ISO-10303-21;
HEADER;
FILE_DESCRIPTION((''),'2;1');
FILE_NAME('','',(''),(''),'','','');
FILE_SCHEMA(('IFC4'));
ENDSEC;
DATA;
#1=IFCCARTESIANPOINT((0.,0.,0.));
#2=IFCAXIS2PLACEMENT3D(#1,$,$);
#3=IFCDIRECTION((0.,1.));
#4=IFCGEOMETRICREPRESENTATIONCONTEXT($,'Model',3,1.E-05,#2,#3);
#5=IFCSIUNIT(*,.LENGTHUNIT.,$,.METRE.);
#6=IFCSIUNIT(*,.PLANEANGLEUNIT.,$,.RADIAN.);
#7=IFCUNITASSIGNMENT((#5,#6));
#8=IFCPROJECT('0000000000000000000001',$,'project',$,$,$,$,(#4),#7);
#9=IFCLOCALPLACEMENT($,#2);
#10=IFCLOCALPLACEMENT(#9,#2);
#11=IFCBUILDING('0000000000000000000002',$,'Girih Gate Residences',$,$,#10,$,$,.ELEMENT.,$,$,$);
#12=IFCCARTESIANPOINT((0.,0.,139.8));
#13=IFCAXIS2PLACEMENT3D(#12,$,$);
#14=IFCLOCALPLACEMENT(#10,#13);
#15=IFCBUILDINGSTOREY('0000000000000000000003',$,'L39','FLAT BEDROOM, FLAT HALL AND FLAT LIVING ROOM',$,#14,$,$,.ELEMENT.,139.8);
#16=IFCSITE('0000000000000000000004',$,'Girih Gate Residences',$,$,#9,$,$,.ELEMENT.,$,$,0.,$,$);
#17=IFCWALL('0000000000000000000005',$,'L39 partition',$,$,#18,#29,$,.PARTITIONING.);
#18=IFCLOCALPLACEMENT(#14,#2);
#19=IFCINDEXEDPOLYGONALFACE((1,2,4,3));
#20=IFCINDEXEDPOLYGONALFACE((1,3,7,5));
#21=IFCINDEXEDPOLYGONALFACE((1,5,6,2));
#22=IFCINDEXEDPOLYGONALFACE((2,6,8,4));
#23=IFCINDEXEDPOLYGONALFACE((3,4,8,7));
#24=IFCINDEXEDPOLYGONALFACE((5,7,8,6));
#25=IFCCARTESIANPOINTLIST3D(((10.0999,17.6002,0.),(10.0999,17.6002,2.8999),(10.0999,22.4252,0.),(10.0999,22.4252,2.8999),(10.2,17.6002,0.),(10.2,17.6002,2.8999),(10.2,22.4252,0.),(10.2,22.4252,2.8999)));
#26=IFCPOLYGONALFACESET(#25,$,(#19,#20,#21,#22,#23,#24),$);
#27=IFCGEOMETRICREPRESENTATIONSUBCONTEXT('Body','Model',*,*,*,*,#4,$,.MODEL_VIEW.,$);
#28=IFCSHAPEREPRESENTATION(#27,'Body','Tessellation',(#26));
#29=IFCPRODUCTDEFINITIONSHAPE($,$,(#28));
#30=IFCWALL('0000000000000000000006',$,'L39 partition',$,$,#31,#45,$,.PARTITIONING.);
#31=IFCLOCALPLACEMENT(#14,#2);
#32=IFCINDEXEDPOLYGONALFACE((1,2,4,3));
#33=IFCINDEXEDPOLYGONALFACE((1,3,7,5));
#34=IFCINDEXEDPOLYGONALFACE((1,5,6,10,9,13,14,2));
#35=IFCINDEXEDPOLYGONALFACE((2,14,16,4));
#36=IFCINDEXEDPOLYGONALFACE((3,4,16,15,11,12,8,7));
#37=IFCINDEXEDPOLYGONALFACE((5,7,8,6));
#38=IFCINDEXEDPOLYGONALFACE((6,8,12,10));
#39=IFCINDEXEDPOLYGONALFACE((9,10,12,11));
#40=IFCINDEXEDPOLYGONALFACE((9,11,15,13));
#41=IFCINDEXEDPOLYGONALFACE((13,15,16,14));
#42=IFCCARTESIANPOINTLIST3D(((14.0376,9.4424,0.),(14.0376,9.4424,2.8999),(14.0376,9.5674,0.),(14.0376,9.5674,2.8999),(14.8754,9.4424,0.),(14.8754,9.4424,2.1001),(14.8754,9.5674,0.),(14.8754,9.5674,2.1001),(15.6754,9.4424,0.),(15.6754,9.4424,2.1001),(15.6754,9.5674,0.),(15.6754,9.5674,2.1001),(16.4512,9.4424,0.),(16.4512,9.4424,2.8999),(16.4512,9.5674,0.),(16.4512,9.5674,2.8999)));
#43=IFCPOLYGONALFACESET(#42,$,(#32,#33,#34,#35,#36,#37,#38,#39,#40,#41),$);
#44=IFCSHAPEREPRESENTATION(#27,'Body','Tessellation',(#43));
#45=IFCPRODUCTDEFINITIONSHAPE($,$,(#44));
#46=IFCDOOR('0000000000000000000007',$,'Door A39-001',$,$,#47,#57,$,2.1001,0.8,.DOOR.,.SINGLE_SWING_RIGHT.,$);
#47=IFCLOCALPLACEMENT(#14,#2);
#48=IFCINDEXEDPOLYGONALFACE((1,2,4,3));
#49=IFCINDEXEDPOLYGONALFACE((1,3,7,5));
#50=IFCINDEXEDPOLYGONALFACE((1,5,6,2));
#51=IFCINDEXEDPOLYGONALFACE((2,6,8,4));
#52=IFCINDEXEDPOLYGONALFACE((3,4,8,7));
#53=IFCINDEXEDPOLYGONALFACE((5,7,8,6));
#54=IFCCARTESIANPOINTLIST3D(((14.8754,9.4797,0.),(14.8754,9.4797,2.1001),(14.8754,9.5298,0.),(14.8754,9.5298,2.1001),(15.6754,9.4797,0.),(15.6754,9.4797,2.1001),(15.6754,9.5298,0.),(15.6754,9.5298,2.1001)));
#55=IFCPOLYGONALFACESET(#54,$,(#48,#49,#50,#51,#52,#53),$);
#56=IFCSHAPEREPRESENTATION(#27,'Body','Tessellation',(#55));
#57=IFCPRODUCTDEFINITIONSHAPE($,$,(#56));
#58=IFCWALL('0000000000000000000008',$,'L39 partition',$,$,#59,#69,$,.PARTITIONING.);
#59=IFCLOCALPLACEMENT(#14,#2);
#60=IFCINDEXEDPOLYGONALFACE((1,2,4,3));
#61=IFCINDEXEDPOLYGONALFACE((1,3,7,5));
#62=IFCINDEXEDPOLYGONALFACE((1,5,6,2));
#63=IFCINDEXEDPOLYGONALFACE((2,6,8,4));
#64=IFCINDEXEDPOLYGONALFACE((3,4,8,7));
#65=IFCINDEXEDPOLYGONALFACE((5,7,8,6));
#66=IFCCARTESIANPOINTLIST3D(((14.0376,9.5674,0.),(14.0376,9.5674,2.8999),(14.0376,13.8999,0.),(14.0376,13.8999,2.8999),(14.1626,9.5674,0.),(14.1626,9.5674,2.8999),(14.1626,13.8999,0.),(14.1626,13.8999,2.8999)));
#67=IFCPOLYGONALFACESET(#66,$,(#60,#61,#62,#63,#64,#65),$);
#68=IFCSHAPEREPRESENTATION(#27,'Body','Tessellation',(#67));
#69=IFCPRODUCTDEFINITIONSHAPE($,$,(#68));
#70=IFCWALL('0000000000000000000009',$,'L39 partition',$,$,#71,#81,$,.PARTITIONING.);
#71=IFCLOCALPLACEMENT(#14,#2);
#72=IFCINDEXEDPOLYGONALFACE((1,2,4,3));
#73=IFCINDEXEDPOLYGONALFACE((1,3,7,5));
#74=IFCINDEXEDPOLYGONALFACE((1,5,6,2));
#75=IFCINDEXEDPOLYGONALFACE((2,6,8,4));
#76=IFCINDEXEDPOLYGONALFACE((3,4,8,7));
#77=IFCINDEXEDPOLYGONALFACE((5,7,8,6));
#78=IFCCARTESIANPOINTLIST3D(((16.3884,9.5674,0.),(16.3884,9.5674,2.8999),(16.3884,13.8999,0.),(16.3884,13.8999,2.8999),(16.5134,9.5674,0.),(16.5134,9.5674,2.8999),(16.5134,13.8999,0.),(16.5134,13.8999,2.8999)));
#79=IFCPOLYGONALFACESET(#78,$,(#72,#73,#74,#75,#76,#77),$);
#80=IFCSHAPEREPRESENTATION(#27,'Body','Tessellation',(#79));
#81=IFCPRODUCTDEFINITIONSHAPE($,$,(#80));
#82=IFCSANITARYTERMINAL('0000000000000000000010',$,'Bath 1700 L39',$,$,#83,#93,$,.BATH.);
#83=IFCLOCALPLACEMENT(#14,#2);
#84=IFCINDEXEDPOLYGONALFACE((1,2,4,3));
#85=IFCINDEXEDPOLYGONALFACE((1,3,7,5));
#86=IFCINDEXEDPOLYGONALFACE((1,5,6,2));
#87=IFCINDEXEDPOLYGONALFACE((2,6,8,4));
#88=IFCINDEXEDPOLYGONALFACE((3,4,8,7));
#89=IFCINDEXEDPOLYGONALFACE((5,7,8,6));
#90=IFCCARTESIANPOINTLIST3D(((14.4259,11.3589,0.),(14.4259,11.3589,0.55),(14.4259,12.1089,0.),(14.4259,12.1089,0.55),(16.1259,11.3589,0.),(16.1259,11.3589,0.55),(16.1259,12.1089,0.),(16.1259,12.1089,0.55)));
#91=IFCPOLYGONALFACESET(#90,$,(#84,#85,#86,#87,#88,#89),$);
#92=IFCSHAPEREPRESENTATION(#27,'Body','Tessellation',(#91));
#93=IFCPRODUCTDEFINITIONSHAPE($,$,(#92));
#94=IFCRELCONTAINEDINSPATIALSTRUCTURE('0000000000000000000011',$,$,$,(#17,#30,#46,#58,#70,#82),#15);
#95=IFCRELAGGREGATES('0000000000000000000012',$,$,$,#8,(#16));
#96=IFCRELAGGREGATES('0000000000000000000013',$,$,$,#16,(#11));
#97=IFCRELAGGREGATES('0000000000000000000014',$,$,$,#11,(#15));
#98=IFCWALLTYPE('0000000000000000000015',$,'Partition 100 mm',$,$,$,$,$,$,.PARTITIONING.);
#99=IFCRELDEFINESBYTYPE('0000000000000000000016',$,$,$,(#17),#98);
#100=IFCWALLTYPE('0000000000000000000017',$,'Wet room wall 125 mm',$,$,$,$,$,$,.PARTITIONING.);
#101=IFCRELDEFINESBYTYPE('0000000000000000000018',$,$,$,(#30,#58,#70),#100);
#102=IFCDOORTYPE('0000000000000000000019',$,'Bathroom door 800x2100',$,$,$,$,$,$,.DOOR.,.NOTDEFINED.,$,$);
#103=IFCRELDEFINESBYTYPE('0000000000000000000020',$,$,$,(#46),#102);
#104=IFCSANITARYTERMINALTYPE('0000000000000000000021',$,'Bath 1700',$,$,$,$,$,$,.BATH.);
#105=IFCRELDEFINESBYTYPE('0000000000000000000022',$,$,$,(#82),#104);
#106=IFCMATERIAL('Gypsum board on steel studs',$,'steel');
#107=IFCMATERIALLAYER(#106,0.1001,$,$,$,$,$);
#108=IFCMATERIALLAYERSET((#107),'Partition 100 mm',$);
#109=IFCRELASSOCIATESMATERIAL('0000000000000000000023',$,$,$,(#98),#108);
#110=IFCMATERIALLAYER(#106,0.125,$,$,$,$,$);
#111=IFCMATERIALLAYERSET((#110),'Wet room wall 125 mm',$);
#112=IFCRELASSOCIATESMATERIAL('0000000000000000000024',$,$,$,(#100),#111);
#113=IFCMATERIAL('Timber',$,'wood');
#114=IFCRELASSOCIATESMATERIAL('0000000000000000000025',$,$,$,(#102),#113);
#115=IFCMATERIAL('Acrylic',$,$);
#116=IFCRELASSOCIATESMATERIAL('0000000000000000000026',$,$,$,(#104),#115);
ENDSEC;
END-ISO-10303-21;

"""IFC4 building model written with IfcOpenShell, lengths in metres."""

from ifc_helpers import new_model, si_unit, direction, frame, frame_2d, origin, origin_2d, place, context, subcontext, project, spatial, rectangle, extrude, material, layer, layer_set, type_object, element, fill, save


model = new_model("IFC4")

# Units and contexts
model_context = context("Model", 3, precision=1e-05, world=origin(), true_north=direction((0.0, 1.0)))
body_context = subcontext(model_context, "Body", "Model", "MODEL_VIEW")
ifc_project = project(units=[si_unit("LENGTHUNIT", "METRE"), si_unit("PLANEANGLEUNIT", "RADIAN")], contexts=[model_context])

# Site, building, storey
site_placement = place(None, origin())
site = spatial("IfcSite", under=ifc_project, at=site_placement, Name="Girih Gate Residences", CompositionType="ELEMENT", RefElevation=0.0)
building_placement = place(site_placement, origin())
building = spatial("IfcBuilding", under=site, at=building_placement, Name="Girih Gate Residences", CompositionType="ELEMENT")
storey_placement = place(building_placement, frame((0.0, 0.0, 139.8)))
storey = spatial("IfcBuildingStorey", under=building, at=storey_placement, Name="L39", Description="FLAT BEDROOM, FLAT HALL AND FLAT LIVING ROOM", CompositionType="ELEMENT", Elevation=139.8)

# Shared definitions
ifc_material_1 = material(Name="Gypsum board on steel studs", Category="steel")

# Shared definitions
ifc_material_2 = material(Name="Timber", Category="wood")

# Shared definitions
ifc_layer_1 = layer(ifc_material_1, 0.1001)
ifc_layer_set_1 = layer_set([ifc_layer_1], Name="Partition 100 mm")
wall_type_1 = type_object("IfcWallType", Name="Partition 100 mm", PredefinedType="PARTITIONING", material=ifc_layer_set_1)

# Wall
wall_1_placement = place(storey_placement, frame((10.1499, 17.6001, 0.0), z_axis=(0.0, 0.0, 1.0), x_axis=(0.0, 1.0, 0.0)))
element("IfcWall", 1, at=wall_1_placement, inside=storey, type_object=wall_type_1, Name="L39 partition", PredefinedType="PARTITIONING", context=body_context, shape_type="SweptSolid", body=[
    extrude(rectangle(XDim=4.825, YDim=0.1001, at=frame_2d((2.4126, 0.0))), origin(), (0.0, 0.0, 1.0), 2.8999),
])

# Wall, opening, door
ifc_layer_2 = layer(ifc_material_1, 0.125)
ifc_layer_set_2 = layer_set([ifc_layer_2], Name="Wet room wall 125 mm")
wall_type_2 = type_object("IfcWallType", Name="Wet room wall 125 mm", PredefinedType="PARTITIONING", material=ifc_layer_set_2)
wall_2_placement = place(storey_placement, frame((14.0376, 9.5049, 0.0), z_axis=(0.0, 0.0, 1.0), x_axis=(1.0, 0.0, 0.0)))
wall_2 = element("IfcWall", 2, at=wall_2_placement, inside=storey, type_object=wall_type_2, Name="L39 partition", PredefinedType="PARTITIONING", context=body_context, shape_type="SweptSolid", body=[
    extrude(rectangle(XDim=2.4136, YDim=0.125, at=frame_2d((1.2068, 0.0))), origin(), (0.0, 0.0, 1.0), 2.8999),
])
opening_1_placement = place(wall_2_placement, frame((0.8379, 0.0, 0.0)))
opening_1 = element("IfcOpeningElement", 3, at=opening_1_placement, cuts=wall_2, PredefinedType="OPENING", context=body_context, shape_type="SweptSolid", body=[
    extrude(rectangle(XDim=0.8, YDim=2.1001, at=frame_2d((0.3999, 1.05))), frame((0.0, 0.0725, 0.0), z_axis=(0.0, -1.0, 0.0), x_axis=(1.0, 0.0, 0.0)), (0.0, 0.0, 1.0), 0.145),
])
door_type_1 = type_object("IfcDoorType", Name="Bathroom door 800x2100", OperationType="NOTDEFINED", PredefinedType="DOOR", material=ifc_material_2)
door_1_placement = place(opening_1_placement, origin())
door_1 = element("IfcDoor", 4, at=door_1_placement, inside=storey, type_object=door_type_1, Name="Door A39-001", OperationType="SINGLE_SWING_RIGHT", OverallHeight=2.1001, OverallWidth=0.8, PredefinedType="DOOR", context=body_context, shape_type="SweptSolid", body=[
    extrude(rectangle(XDim=0.8, YDim=2.1001, at=frame_2d((0.3999, 1.05))), frame((0.0, 0.0249, 0.0), z_axis=(0.0, -1.0, 0.0), x_axis=(1.0, 0.0, 0.0)), (0.0, 0.0, 1.0), 0.05),
])
fill(opening_1, door_1)

# Walls
for number, where, z_axis, x_axis, name in (
    (5, (14.1001, 9.5674, 0.0), (0.0, 0.0, 1.0), (0.0, 1.0, 0.0), "L39 partition"),
    (6, (16.4509, 9.5674, 0.0), (0.0, 0.0, 1.0), (0.0, 1.0, 0.0), "L39 partition"),
):
    element("IfcWall", number, at=place(storey_placement, frame(where, z_axis=z_axis, x_axis=x_axis)), inside=storey, type_object=wall_type_2, Name=name, PredefinedType="PARTITIONING", context=body_context, shape_type="SweptSolid", body=[
        extrude(rectangle(XDim=4.3325, YDim=0.125, at=frame_2d((2.1663, 0.0))), origin(), (0.0, 0.0, 1.0), 2.8999),
    ])

# Sanitary terminal
ifc_material_3 = material(Name="Acrylic")
sanitary_terminal_type = type_object("IfcSanitaryTerminalType", Name="Bath 1700", PredefinedType="BATH", material=ifc_material_3)
sanitary_terminal_placement = place(storey_placement, frame((15.2759, 11.7339, 0.0), z_axis=(0.0, 0.0, 1.0), x_axis=(1.0, 0.0, 0.0)))
element("IfcSanitaryTerminal", 7, at=sanitary_terminal_placement, inside=storey, type_object=sanitary_terminal_type, Name="Bath 1700 L39", PredefinedType="BATH", context=body_context, shape_type="SweptSolid", body=[
    extrude(rectangle(XDim=1.7, YDim=0.75, at=origin_2d()), origin(), (0.0, 0.0, 1.0), 0.55),
])

save(model, "model.ifc")
